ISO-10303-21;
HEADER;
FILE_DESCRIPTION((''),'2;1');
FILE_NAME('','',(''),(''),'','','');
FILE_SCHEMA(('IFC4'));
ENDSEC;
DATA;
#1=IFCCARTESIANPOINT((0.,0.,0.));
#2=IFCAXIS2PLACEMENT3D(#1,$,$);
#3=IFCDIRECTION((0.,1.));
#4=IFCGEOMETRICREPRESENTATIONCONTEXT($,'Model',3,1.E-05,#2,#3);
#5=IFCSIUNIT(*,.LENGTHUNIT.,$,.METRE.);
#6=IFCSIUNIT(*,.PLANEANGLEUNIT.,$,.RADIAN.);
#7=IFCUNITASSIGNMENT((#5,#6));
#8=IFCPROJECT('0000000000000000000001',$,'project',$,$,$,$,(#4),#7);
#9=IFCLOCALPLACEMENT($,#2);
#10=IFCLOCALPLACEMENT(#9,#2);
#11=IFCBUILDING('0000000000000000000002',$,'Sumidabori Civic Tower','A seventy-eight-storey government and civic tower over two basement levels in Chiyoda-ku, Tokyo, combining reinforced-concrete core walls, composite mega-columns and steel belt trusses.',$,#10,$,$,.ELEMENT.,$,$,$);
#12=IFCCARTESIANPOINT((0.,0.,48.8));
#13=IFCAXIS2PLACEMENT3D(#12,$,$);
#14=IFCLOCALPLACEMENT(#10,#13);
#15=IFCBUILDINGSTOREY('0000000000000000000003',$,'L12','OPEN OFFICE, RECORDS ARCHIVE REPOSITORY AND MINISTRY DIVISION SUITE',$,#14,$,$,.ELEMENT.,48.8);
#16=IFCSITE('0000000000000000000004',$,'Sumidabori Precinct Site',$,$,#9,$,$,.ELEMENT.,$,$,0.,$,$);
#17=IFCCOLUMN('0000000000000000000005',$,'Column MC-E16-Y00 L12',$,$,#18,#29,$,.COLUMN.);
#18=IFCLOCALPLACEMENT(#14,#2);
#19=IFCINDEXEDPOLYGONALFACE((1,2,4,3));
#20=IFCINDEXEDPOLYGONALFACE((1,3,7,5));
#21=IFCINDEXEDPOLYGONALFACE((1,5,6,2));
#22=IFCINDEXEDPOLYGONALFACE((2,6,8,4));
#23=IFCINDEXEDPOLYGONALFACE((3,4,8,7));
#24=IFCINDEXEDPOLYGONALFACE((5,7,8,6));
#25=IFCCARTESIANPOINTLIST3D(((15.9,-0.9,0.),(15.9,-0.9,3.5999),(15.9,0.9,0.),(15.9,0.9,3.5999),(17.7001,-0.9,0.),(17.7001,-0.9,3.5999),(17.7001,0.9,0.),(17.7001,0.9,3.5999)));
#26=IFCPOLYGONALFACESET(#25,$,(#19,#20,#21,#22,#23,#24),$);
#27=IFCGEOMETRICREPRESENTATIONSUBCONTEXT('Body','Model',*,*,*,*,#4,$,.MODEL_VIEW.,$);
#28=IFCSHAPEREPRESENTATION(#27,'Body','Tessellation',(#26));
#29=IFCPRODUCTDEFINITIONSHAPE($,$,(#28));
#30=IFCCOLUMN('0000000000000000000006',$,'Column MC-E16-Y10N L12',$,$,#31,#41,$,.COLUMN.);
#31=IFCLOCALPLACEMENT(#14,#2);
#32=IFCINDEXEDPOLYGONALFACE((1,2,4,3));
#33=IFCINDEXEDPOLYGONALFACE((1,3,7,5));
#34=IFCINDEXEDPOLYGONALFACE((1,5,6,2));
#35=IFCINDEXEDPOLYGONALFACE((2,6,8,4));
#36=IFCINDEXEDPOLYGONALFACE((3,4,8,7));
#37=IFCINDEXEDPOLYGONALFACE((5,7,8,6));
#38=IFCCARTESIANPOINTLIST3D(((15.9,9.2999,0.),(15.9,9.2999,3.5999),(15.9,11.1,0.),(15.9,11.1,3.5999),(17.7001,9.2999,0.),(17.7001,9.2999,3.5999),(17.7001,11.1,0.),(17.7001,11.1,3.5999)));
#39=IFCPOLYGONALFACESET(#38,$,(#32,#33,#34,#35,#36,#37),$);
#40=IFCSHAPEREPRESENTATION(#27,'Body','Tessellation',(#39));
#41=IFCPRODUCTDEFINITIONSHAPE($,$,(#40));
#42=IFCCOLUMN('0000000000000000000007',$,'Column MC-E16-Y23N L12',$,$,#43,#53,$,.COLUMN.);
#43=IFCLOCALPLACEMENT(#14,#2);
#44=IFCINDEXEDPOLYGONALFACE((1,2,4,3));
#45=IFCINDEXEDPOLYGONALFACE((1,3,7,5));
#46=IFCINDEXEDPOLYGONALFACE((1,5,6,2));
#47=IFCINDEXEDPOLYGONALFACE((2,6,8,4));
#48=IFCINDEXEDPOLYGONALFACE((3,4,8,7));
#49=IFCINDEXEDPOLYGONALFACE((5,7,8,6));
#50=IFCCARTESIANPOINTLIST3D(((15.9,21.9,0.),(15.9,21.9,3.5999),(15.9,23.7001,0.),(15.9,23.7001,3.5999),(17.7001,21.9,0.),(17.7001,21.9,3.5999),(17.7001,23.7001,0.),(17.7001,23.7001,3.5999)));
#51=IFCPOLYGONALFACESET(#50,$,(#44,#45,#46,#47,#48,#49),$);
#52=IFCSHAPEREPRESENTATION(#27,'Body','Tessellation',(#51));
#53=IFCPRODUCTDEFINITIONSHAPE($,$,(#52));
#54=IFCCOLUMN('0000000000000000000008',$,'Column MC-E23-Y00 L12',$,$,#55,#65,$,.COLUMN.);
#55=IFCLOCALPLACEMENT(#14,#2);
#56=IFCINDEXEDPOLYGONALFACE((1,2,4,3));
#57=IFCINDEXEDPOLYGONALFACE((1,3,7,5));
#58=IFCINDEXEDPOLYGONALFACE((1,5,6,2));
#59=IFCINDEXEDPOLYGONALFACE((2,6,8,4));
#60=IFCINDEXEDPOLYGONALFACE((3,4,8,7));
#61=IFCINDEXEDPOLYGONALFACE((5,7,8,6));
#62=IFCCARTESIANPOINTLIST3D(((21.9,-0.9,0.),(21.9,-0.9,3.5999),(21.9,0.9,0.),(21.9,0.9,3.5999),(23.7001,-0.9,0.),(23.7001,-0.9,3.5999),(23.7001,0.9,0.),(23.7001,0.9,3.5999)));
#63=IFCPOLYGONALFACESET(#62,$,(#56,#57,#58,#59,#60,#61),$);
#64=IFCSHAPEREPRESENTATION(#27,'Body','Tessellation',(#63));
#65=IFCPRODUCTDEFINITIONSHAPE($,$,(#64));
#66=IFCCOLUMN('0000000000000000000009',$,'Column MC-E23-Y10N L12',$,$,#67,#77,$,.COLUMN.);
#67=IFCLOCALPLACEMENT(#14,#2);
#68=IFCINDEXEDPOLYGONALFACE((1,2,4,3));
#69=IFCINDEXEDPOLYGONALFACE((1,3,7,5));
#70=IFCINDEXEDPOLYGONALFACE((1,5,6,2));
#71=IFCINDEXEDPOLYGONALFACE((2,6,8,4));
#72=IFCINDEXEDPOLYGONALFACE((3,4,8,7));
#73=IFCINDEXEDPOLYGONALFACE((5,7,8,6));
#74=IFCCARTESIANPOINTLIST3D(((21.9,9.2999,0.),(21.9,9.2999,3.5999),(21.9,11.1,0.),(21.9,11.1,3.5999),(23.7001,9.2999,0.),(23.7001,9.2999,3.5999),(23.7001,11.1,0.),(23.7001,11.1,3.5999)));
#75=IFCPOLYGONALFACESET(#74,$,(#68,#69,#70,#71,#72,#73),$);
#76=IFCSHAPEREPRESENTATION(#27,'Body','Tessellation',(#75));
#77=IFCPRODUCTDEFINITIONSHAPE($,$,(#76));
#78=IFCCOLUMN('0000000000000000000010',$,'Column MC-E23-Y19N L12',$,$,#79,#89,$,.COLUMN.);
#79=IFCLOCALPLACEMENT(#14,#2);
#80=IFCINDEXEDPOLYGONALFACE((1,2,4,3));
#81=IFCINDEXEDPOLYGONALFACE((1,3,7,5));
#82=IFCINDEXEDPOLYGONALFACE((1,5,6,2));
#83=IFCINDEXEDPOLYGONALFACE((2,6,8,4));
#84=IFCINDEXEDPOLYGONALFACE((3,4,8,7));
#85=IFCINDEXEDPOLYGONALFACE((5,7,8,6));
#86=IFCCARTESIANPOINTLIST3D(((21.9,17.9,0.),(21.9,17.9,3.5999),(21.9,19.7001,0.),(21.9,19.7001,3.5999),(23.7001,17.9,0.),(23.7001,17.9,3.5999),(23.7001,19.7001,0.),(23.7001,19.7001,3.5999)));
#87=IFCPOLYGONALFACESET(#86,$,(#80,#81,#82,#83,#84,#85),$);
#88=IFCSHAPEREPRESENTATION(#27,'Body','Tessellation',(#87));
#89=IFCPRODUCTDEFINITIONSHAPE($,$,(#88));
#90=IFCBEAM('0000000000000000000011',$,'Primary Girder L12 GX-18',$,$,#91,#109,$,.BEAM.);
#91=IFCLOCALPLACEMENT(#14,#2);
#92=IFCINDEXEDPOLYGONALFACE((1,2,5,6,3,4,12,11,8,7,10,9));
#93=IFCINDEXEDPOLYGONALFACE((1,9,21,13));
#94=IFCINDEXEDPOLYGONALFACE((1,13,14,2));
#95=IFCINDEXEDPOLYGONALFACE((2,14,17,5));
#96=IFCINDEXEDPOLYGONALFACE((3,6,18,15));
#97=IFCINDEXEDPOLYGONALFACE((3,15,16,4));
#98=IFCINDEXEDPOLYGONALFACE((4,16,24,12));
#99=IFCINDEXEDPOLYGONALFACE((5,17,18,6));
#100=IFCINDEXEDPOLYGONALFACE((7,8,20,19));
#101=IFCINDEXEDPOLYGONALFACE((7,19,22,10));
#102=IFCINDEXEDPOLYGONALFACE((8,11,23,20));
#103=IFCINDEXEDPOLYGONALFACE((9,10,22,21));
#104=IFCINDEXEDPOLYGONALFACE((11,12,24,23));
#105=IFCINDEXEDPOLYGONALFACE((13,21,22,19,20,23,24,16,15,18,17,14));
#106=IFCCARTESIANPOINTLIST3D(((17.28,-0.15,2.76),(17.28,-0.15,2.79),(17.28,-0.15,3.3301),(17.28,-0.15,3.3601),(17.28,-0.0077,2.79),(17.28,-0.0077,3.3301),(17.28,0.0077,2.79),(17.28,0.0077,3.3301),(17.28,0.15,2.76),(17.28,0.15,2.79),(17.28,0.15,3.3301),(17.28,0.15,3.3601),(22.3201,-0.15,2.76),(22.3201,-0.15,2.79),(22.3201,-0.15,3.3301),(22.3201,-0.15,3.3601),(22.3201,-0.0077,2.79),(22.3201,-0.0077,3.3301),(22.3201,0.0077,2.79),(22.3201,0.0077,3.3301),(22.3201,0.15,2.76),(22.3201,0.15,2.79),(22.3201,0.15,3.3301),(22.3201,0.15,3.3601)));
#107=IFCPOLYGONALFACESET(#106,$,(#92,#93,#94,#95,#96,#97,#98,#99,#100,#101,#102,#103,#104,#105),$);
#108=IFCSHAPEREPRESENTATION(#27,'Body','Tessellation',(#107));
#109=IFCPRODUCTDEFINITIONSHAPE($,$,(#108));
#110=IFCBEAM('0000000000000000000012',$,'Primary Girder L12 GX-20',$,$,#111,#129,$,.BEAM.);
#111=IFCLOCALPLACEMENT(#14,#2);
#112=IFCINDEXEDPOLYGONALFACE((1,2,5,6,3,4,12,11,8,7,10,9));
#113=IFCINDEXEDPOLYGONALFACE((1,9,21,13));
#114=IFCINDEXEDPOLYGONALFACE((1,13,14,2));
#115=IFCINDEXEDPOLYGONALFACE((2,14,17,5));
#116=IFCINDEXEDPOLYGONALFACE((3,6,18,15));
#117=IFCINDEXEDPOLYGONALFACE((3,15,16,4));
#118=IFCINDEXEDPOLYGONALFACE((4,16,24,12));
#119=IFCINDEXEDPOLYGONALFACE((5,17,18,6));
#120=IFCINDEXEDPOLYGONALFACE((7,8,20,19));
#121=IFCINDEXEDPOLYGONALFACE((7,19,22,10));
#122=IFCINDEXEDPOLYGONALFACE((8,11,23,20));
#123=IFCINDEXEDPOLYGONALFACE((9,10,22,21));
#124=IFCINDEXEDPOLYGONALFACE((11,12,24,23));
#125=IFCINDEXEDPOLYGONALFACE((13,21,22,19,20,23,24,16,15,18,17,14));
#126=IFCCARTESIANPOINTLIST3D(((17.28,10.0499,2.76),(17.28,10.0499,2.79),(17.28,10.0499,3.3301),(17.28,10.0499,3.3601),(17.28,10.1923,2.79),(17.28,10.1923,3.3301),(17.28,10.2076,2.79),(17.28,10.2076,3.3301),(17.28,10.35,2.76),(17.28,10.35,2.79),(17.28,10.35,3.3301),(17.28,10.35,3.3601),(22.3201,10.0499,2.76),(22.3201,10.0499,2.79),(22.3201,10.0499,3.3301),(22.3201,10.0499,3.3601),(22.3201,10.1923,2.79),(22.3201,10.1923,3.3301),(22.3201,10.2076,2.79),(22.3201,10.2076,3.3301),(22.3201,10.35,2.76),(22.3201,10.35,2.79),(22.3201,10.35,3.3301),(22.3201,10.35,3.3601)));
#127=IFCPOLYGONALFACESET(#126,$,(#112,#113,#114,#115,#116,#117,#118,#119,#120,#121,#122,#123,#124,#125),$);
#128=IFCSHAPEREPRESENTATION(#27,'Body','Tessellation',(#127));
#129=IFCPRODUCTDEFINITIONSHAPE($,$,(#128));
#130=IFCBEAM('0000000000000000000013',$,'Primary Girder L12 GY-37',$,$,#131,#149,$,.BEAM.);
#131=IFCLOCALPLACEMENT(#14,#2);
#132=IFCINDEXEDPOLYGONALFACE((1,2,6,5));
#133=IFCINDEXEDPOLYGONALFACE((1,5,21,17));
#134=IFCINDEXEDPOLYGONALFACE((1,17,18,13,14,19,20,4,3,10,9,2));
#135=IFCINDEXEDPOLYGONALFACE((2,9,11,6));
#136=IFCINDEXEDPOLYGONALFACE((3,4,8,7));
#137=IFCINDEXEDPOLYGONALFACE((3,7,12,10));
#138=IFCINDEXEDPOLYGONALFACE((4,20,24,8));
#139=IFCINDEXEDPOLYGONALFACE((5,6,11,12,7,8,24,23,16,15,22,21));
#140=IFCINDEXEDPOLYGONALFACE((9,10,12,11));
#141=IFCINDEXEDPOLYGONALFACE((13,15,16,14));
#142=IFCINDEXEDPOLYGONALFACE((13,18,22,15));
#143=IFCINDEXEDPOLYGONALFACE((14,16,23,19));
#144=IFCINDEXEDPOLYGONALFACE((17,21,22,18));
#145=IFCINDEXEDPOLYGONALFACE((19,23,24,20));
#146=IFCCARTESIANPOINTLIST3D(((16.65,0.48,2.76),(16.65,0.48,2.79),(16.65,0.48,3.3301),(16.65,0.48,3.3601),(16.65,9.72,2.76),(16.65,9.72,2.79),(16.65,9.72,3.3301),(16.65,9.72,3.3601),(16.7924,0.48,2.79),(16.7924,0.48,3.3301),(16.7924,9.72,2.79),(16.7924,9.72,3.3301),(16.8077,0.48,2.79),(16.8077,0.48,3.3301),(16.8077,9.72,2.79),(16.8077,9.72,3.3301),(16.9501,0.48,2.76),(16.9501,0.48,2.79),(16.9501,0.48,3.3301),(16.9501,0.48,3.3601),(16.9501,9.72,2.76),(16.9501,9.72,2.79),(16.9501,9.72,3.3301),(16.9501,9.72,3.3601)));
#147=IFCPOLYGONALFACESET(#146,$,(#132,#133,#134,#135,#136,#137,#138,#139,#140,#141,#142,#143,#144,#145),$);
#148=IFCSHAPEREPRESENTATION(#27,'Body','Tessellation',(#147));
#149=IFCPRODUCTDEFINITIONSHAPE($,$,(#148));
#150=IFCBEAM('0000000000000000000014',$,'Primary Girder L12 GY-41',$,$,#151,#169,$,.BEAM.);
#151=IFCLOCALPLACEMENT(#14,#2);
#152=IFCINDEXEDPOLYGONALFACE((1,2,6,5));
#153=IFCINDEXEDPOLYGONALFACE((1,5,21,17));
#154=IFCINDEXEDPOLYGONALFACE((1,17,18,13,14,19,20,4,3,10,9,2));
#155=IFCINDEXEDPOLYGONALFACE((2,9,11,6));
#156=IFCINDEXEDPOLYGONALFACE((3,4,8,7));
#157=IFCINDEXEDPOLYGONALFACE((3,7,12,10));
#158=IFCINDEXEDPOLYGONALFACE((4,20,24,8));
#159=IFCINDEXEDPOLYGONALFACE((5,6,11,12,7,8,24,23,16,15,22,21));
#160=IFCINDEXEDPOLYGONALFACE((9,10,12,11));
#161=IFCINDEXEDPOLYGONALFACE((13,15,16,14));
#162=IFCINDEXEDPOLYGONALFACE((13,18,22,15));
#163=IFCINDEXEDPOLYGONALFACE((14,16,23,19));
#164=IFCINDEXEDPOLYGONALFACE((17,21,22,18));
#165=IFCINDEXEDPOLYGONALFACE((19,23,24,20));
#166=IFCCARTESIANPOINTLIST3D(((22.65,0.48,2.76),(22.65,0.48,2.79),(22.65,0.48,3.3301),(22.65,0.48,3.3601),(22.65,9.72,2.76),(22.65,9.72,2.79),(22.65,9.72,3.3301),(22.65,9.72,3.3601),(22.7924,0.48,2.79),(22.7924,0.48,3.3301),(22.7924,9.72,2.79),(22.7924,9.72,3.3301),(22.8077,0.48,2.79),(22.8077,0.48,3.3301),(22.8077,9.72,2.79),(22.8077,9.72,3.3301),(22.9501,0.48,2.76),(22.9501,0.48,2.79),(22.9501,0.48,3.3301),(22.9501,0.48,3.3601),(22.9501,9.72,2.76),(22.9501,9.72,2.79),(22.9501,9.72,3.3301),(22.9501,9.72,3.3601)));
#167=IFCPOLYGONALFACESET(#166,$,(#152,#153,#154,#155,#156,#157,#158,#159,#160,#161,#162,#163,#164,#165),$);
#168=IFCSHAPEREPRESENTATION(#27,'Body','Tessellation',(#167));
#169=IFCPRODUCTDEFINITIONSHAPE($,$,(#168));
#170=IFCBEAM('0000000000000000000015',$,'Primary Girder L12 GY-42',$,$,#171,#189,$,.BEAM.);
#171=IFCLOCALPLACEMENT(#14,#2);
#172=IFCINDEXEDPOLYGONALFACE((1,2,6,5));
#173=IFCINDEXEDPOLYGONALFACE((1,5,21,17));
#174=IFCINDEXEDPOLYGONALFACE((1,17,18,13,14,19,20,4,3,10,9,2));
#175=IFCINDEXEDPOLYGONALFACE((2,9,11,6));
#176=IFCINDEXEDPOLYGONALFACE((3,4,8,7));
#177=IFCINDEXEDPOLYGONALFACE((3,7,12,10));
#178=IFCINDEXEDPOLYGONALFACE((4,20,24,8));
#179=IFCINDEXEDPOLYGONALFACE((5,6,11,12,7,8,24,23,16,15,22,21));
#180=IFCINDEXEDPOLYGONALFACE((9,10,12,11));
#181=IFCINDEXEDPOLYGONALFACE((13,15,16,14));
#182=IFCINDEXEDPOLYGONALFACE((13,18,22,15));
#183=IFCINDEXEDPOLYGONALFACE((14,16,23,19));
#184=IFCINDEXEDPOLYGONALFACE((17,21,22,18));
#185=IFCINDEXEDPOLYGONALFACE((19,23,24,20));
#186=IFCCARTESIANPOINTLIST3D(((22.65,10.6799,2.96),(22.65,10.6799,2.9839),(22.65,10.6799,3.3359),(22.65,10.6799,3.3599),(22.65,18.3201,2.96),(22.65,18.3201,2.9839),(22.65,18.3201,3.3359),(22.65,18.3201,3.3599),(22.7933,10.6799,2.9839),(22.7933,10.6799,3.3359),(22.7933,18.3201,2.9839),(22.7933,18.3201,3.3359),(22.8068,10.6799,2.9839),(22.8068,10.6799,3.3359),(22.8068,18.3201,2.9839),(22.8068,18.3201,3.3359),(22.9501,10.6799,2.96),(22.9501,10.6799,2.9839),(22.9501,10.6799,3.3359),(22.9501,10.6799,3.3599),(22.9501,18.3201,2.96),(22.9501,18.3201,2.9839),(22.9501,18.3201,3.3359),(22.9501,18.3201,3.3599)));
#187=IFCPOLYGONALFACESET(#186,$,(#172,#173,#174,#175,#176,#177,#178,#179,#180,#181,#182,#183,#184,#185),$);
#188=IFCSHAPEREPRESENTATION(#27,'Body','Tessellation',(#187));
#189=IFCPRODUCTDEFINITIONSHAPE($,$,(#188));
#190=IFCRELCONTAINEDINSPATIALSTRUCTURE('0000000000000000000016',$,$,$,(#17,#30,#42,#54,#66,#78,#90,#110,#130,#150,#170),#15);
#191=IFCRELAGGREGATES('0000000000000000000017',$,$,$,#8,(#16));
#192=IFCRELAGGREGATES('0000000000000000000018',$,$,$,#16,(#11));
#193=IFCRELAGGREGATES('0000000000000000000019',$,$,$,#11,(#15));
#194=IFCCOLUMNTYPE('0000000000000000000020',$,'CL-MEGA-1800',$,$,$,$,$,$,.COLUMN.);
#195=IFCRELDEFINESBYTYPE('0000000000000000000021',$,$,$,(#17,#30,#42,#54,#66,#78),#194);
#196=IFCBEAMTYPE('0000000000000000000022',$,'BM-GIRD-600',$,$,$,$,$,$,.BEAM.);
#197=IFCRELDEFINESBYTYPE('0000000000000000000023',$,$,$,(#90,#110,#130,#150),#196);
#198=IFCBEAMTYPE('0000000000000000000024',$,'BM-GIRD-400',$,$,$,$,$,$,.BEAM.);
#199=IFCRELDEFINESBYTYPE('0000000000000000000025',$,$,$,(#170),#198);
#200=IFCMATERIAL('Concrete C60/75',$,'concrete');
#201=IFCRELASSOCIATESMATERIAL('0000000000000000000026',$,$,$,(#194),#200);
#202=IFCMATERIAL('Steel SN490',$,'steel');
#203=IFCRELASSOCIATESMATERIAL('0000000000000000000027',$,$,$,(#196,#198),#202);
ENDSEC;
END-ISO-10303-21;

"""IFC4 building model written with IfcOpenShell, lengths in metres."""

from ifc_helpers import new_model, si_unit, direction, frame, origin, origin_2d, place, context, subcontext, project, spatial, rectangle, i_section, extrude, source, transform, mapped, material, material_profile, profile_set, type_object, element, save


model = new_model("IFC4")

# Units and contexts
model_context = context("Model", 3, precision=1e-05, world=origin(), true_north=direction((0.0, 1.0)))
body_context = subcontext(model_context, "Body", "Model", "MODEL_VIEW")
ifc_project = project(units=[si_unit("LENGTHUNIT", "METRE"), si_unit("PLANEANGLEUNIT", "RADIAN")], contexts=[model_context])

# Site, building, storey
site_placement = place(None, origin())
site = spatial("IfcSite", under=ifc_project, at=site_placement, Name="Sumidabori Precinct Site", CompositionType="ELEMENT", RefElevation=0.0)
building_placement = place(site_placement, origin())
building = spatial("IfcBuilding", under=site, at=building_placement, Name="Sumidabori Civic Tower", Description="A seventy-eight-storey government and civic tower over two basement levels in Chiyoda-ku, Tokyo, combining reinforced-concrete core walls, composite mega-columns and steel belt trusses.", CompositionType="ELEMENT")
storey_placement = place(building_placement, frame((0.0, 0.0, 48.8)))
storey = spatial("IfcBuildingStorey", under=building, at=storey_placement, Name="L12", Description="OPEN OFFICE, RECORDS ARCHIVE REPOSITORY AND MINISTRY DIVISION SUITE", CompositionType="ELEMENT", Elevation=48.8)

# Columns
ifc_material_1 = material(Name="Concrete C60/75", Category="concrete")
ifc_material_profile_1 = material_profile(ifc_material_1, rectangle(XDim=1.8, YDim=1.8, at=origin_2d()), Name="RC 1800x1800")
ifc_profile_set_1 = profile_set([ifc_material_profile_1], Name="Concrete C60/75")
column_type = type_object("IfcColumnType", Name="CL-MEGA-1800", PredefinedType="COLUMN", material=ifc_profile_set_1)
shared_shape_1 = source(origin(), body_context, "Body", "SweptSolid", [
    extrude(rectangle(XDim=1.8, YDim=1.8, at=origin_2d()), origin(), (0.0, 0.0, 1.0), 3.5999),
])
for number, where, z_axis, x_axis, name in (
    (1, (16.8, 0.0, 0.0), (0.0, 0.0, 1.0), (1.0, 0.0, 0.0), "Column MC-E16-Y00 L12"),
    (2, (16.8, 10.2, 0.0), (0.0, 0.0, 1.0), (1.0, 0.0, 0.0), "Column MC-E16-Y10N L12"),
    (3, (16.8, 22.8, 0.0), (0.0, 0.0, 1.0), (1.0, 0.0, 0.0), "Column MC-E16-Y23N L12"),
    (4, (22.8, 0.0, 0.0), (0.0, 0.0, 1.0), (1.0, 0.0, 0.0), "Column MC-E23-Y00 L12"),
    (5, (22.8, 10.2, 0.0), (0.0, 0.0, 1.0), (1.0, 0.0, 0.0), "Column MC-E23-Y10N L12"),
    (6, (22.8, 18.8, 0.0), (0.0, 0.0, 1.0), (1.0, 0.0, 0.0), "Column MC-E23-Y19N L12"),
):
    element("IfcColumn", number, at=place(storey_placement, frame(where, z_axis=z_axis, x_axis=x_axis)), inside=storey, type_object=column_type, Name=name, PredefinedType="COLUMN", context=body_context, shape_type="MappedRepresentation", body=[
        mapped(shared_shape_1, transform((0.0, 0.0, 0.0), x_axis=(1.0, 0.0, 0.0), y_axis=(0.0, 1.0, 0.0), z_axis=(0.0, 0.0, 1.0), scale=1.0)),
    ])

# Beams
ifc_material_2 = material(Name="Steel SN490", Category="steel")
ifc_material_profile_2 = material_profile(ifc_material_2, i_section(OverallWidth=0.3, OverallDepth=0.6001, WebThickness=0.0154, FlangeThickness=0.03, at=origin_2d()), Name="HE 600 B")
ifc_profile_set_2 = profile_set([ifc_material_profile_2], Name="Steel SN490")
beam_type_1 = type_object("IfcBeamType", Name="BM-GIRD-600", PredefinedType="BEAM", material=ifc_profile_set_2)
shared_shape_2 = source(origin(), body_context, "Body", "SweptSolid", [
    extrude(i_section(OverallWidth=0.3, OverallDepth=0.6001, WebThickness=0.0154, FlangeThickness=0.03, at=origin_2d()), origin(), (0.0, 0.0, 1.0), 5.04),
])
for number, where, z_axis, x_axis, name in (
    (7, (17.28, 0.0, 3.0601), (1.0, 0.0, 0.0), (0.0, 1.0, 0.0), "Primary Girder L12 GX-18"),
    (8, (17.28, 10.2, 3.0601), (1.0, 0.0, 0.0), (0.0, 1.0, 0.0), "Primary Girder L12 GX-20"),
):
    element("IfcBeam", number, at=place(storey_placement, frame(where, z_axis=z_axis, x_axis=x_axis)), inside=storey, type_object=beam_type_1, Name=name, PredefinedType="BEAM", context=body_context, shape_type="MappedRepresentation", body=[
        mapped(shared_shape_2, transform((0.0, 0.0, 0.0), x_axis=(1.0, 0.0, 0.0), y_axis=(0.0, 1.0, 0.0), z_axis=(0.0, 0.0, 1.0), scale=1.0)),
    ])
shared_shape_3 = source(origin(), body_context, "Body", "SweptSolid", [
    extrude(i_section(OverallWidth=0.3, OverallDepth=0.6001, WebThickness=0.0154, FlangeThickness=0.03, at=origin_2d()), origin(), (0.0, 0.0, 1.0), 9.24),
])
for number, where, z_axis, x_axis, name in (
    (9, (16.8, 0.48, 3.0601), (0.0, 1.0, 0.0), (-1.0, 0.0, 0.0), "Primary Girder L12 GY-37"),
    (10, (22.8, 0.48, 3.0601), (0.0, 1.0, 0.0), (-1.0, 0.0, 0.0), "Primary Girder L12 GY-41"),
):
    element("IfcBeam", number, at=place(storey_placement, frame(where, z_axis=z_axis, x_axis=x_axis)), inside=storey, type_object=beam_type_1, Name=name, PredefinedType="BEAM", context=body_context, shape_type="MappedRepresentation", body=[
        mapped(shared_shape_3, transform((0.0, 0.0, 0.0), x_axis=(1.0, 0.0, 0.0), y_axis=(0.0, 1.0, 0.0), z_axis=(0.0, 0.0, 1.0), scale=1.0)),
    ])
ifc_material_profile_3 = material_profile(ifc_material_2, i_section(OverallWidth=0.3, OverallDepth=0.3999, WebThickness=0.0134, FlangeThickness=0.0239, at=origin_2d()), Name="HE 400 B")
ifc_profile_set_3 = profile_set([ifc_material_profile_3], Name="Steel SN490")
beam_type_2 = type_object("IfcBeamType", Name="BM-GIRD-400", PredefinedType="BEAM", material=ifc_profile_set_3)
shared_shape_4 = source(origin(), body_context, "Body", "SweptSolid", [
    extrude(i_section(OverallWidth=0.3, OverallDepth=0.3999, WebThickness=0.0134, FlangeThickness=0.0239, at=origin_2d()), origin(), (0.0, 0.0, 1.0), 7.6401),
])
beam_1_placement = place(storey_placement, frame((22.8, 10.6799, 3.1599), z_axis=(0.0, 1.0, 0.0), x_axis=(-1.0, 0.0, 0.0)))
element("IfcBeam", 11, at=beam_1_placement, inside=storey, type_object=beam_type_2, Name="Primary Girder L12 GY-42", PredefinedType="BEAM", context=body_context, shape_type="MappedRepresentation", body=[
    mapped(shared_shape_4, transform((0.0, 0.0, 0.0), x_axis=(1.0, 0.0, 0.0), y_axis=(0.0, 1.0, 0.0), z_axis=(0.0, 0.0, 1.0), scale=1.0)),
])

save(model, "model.ifc")
